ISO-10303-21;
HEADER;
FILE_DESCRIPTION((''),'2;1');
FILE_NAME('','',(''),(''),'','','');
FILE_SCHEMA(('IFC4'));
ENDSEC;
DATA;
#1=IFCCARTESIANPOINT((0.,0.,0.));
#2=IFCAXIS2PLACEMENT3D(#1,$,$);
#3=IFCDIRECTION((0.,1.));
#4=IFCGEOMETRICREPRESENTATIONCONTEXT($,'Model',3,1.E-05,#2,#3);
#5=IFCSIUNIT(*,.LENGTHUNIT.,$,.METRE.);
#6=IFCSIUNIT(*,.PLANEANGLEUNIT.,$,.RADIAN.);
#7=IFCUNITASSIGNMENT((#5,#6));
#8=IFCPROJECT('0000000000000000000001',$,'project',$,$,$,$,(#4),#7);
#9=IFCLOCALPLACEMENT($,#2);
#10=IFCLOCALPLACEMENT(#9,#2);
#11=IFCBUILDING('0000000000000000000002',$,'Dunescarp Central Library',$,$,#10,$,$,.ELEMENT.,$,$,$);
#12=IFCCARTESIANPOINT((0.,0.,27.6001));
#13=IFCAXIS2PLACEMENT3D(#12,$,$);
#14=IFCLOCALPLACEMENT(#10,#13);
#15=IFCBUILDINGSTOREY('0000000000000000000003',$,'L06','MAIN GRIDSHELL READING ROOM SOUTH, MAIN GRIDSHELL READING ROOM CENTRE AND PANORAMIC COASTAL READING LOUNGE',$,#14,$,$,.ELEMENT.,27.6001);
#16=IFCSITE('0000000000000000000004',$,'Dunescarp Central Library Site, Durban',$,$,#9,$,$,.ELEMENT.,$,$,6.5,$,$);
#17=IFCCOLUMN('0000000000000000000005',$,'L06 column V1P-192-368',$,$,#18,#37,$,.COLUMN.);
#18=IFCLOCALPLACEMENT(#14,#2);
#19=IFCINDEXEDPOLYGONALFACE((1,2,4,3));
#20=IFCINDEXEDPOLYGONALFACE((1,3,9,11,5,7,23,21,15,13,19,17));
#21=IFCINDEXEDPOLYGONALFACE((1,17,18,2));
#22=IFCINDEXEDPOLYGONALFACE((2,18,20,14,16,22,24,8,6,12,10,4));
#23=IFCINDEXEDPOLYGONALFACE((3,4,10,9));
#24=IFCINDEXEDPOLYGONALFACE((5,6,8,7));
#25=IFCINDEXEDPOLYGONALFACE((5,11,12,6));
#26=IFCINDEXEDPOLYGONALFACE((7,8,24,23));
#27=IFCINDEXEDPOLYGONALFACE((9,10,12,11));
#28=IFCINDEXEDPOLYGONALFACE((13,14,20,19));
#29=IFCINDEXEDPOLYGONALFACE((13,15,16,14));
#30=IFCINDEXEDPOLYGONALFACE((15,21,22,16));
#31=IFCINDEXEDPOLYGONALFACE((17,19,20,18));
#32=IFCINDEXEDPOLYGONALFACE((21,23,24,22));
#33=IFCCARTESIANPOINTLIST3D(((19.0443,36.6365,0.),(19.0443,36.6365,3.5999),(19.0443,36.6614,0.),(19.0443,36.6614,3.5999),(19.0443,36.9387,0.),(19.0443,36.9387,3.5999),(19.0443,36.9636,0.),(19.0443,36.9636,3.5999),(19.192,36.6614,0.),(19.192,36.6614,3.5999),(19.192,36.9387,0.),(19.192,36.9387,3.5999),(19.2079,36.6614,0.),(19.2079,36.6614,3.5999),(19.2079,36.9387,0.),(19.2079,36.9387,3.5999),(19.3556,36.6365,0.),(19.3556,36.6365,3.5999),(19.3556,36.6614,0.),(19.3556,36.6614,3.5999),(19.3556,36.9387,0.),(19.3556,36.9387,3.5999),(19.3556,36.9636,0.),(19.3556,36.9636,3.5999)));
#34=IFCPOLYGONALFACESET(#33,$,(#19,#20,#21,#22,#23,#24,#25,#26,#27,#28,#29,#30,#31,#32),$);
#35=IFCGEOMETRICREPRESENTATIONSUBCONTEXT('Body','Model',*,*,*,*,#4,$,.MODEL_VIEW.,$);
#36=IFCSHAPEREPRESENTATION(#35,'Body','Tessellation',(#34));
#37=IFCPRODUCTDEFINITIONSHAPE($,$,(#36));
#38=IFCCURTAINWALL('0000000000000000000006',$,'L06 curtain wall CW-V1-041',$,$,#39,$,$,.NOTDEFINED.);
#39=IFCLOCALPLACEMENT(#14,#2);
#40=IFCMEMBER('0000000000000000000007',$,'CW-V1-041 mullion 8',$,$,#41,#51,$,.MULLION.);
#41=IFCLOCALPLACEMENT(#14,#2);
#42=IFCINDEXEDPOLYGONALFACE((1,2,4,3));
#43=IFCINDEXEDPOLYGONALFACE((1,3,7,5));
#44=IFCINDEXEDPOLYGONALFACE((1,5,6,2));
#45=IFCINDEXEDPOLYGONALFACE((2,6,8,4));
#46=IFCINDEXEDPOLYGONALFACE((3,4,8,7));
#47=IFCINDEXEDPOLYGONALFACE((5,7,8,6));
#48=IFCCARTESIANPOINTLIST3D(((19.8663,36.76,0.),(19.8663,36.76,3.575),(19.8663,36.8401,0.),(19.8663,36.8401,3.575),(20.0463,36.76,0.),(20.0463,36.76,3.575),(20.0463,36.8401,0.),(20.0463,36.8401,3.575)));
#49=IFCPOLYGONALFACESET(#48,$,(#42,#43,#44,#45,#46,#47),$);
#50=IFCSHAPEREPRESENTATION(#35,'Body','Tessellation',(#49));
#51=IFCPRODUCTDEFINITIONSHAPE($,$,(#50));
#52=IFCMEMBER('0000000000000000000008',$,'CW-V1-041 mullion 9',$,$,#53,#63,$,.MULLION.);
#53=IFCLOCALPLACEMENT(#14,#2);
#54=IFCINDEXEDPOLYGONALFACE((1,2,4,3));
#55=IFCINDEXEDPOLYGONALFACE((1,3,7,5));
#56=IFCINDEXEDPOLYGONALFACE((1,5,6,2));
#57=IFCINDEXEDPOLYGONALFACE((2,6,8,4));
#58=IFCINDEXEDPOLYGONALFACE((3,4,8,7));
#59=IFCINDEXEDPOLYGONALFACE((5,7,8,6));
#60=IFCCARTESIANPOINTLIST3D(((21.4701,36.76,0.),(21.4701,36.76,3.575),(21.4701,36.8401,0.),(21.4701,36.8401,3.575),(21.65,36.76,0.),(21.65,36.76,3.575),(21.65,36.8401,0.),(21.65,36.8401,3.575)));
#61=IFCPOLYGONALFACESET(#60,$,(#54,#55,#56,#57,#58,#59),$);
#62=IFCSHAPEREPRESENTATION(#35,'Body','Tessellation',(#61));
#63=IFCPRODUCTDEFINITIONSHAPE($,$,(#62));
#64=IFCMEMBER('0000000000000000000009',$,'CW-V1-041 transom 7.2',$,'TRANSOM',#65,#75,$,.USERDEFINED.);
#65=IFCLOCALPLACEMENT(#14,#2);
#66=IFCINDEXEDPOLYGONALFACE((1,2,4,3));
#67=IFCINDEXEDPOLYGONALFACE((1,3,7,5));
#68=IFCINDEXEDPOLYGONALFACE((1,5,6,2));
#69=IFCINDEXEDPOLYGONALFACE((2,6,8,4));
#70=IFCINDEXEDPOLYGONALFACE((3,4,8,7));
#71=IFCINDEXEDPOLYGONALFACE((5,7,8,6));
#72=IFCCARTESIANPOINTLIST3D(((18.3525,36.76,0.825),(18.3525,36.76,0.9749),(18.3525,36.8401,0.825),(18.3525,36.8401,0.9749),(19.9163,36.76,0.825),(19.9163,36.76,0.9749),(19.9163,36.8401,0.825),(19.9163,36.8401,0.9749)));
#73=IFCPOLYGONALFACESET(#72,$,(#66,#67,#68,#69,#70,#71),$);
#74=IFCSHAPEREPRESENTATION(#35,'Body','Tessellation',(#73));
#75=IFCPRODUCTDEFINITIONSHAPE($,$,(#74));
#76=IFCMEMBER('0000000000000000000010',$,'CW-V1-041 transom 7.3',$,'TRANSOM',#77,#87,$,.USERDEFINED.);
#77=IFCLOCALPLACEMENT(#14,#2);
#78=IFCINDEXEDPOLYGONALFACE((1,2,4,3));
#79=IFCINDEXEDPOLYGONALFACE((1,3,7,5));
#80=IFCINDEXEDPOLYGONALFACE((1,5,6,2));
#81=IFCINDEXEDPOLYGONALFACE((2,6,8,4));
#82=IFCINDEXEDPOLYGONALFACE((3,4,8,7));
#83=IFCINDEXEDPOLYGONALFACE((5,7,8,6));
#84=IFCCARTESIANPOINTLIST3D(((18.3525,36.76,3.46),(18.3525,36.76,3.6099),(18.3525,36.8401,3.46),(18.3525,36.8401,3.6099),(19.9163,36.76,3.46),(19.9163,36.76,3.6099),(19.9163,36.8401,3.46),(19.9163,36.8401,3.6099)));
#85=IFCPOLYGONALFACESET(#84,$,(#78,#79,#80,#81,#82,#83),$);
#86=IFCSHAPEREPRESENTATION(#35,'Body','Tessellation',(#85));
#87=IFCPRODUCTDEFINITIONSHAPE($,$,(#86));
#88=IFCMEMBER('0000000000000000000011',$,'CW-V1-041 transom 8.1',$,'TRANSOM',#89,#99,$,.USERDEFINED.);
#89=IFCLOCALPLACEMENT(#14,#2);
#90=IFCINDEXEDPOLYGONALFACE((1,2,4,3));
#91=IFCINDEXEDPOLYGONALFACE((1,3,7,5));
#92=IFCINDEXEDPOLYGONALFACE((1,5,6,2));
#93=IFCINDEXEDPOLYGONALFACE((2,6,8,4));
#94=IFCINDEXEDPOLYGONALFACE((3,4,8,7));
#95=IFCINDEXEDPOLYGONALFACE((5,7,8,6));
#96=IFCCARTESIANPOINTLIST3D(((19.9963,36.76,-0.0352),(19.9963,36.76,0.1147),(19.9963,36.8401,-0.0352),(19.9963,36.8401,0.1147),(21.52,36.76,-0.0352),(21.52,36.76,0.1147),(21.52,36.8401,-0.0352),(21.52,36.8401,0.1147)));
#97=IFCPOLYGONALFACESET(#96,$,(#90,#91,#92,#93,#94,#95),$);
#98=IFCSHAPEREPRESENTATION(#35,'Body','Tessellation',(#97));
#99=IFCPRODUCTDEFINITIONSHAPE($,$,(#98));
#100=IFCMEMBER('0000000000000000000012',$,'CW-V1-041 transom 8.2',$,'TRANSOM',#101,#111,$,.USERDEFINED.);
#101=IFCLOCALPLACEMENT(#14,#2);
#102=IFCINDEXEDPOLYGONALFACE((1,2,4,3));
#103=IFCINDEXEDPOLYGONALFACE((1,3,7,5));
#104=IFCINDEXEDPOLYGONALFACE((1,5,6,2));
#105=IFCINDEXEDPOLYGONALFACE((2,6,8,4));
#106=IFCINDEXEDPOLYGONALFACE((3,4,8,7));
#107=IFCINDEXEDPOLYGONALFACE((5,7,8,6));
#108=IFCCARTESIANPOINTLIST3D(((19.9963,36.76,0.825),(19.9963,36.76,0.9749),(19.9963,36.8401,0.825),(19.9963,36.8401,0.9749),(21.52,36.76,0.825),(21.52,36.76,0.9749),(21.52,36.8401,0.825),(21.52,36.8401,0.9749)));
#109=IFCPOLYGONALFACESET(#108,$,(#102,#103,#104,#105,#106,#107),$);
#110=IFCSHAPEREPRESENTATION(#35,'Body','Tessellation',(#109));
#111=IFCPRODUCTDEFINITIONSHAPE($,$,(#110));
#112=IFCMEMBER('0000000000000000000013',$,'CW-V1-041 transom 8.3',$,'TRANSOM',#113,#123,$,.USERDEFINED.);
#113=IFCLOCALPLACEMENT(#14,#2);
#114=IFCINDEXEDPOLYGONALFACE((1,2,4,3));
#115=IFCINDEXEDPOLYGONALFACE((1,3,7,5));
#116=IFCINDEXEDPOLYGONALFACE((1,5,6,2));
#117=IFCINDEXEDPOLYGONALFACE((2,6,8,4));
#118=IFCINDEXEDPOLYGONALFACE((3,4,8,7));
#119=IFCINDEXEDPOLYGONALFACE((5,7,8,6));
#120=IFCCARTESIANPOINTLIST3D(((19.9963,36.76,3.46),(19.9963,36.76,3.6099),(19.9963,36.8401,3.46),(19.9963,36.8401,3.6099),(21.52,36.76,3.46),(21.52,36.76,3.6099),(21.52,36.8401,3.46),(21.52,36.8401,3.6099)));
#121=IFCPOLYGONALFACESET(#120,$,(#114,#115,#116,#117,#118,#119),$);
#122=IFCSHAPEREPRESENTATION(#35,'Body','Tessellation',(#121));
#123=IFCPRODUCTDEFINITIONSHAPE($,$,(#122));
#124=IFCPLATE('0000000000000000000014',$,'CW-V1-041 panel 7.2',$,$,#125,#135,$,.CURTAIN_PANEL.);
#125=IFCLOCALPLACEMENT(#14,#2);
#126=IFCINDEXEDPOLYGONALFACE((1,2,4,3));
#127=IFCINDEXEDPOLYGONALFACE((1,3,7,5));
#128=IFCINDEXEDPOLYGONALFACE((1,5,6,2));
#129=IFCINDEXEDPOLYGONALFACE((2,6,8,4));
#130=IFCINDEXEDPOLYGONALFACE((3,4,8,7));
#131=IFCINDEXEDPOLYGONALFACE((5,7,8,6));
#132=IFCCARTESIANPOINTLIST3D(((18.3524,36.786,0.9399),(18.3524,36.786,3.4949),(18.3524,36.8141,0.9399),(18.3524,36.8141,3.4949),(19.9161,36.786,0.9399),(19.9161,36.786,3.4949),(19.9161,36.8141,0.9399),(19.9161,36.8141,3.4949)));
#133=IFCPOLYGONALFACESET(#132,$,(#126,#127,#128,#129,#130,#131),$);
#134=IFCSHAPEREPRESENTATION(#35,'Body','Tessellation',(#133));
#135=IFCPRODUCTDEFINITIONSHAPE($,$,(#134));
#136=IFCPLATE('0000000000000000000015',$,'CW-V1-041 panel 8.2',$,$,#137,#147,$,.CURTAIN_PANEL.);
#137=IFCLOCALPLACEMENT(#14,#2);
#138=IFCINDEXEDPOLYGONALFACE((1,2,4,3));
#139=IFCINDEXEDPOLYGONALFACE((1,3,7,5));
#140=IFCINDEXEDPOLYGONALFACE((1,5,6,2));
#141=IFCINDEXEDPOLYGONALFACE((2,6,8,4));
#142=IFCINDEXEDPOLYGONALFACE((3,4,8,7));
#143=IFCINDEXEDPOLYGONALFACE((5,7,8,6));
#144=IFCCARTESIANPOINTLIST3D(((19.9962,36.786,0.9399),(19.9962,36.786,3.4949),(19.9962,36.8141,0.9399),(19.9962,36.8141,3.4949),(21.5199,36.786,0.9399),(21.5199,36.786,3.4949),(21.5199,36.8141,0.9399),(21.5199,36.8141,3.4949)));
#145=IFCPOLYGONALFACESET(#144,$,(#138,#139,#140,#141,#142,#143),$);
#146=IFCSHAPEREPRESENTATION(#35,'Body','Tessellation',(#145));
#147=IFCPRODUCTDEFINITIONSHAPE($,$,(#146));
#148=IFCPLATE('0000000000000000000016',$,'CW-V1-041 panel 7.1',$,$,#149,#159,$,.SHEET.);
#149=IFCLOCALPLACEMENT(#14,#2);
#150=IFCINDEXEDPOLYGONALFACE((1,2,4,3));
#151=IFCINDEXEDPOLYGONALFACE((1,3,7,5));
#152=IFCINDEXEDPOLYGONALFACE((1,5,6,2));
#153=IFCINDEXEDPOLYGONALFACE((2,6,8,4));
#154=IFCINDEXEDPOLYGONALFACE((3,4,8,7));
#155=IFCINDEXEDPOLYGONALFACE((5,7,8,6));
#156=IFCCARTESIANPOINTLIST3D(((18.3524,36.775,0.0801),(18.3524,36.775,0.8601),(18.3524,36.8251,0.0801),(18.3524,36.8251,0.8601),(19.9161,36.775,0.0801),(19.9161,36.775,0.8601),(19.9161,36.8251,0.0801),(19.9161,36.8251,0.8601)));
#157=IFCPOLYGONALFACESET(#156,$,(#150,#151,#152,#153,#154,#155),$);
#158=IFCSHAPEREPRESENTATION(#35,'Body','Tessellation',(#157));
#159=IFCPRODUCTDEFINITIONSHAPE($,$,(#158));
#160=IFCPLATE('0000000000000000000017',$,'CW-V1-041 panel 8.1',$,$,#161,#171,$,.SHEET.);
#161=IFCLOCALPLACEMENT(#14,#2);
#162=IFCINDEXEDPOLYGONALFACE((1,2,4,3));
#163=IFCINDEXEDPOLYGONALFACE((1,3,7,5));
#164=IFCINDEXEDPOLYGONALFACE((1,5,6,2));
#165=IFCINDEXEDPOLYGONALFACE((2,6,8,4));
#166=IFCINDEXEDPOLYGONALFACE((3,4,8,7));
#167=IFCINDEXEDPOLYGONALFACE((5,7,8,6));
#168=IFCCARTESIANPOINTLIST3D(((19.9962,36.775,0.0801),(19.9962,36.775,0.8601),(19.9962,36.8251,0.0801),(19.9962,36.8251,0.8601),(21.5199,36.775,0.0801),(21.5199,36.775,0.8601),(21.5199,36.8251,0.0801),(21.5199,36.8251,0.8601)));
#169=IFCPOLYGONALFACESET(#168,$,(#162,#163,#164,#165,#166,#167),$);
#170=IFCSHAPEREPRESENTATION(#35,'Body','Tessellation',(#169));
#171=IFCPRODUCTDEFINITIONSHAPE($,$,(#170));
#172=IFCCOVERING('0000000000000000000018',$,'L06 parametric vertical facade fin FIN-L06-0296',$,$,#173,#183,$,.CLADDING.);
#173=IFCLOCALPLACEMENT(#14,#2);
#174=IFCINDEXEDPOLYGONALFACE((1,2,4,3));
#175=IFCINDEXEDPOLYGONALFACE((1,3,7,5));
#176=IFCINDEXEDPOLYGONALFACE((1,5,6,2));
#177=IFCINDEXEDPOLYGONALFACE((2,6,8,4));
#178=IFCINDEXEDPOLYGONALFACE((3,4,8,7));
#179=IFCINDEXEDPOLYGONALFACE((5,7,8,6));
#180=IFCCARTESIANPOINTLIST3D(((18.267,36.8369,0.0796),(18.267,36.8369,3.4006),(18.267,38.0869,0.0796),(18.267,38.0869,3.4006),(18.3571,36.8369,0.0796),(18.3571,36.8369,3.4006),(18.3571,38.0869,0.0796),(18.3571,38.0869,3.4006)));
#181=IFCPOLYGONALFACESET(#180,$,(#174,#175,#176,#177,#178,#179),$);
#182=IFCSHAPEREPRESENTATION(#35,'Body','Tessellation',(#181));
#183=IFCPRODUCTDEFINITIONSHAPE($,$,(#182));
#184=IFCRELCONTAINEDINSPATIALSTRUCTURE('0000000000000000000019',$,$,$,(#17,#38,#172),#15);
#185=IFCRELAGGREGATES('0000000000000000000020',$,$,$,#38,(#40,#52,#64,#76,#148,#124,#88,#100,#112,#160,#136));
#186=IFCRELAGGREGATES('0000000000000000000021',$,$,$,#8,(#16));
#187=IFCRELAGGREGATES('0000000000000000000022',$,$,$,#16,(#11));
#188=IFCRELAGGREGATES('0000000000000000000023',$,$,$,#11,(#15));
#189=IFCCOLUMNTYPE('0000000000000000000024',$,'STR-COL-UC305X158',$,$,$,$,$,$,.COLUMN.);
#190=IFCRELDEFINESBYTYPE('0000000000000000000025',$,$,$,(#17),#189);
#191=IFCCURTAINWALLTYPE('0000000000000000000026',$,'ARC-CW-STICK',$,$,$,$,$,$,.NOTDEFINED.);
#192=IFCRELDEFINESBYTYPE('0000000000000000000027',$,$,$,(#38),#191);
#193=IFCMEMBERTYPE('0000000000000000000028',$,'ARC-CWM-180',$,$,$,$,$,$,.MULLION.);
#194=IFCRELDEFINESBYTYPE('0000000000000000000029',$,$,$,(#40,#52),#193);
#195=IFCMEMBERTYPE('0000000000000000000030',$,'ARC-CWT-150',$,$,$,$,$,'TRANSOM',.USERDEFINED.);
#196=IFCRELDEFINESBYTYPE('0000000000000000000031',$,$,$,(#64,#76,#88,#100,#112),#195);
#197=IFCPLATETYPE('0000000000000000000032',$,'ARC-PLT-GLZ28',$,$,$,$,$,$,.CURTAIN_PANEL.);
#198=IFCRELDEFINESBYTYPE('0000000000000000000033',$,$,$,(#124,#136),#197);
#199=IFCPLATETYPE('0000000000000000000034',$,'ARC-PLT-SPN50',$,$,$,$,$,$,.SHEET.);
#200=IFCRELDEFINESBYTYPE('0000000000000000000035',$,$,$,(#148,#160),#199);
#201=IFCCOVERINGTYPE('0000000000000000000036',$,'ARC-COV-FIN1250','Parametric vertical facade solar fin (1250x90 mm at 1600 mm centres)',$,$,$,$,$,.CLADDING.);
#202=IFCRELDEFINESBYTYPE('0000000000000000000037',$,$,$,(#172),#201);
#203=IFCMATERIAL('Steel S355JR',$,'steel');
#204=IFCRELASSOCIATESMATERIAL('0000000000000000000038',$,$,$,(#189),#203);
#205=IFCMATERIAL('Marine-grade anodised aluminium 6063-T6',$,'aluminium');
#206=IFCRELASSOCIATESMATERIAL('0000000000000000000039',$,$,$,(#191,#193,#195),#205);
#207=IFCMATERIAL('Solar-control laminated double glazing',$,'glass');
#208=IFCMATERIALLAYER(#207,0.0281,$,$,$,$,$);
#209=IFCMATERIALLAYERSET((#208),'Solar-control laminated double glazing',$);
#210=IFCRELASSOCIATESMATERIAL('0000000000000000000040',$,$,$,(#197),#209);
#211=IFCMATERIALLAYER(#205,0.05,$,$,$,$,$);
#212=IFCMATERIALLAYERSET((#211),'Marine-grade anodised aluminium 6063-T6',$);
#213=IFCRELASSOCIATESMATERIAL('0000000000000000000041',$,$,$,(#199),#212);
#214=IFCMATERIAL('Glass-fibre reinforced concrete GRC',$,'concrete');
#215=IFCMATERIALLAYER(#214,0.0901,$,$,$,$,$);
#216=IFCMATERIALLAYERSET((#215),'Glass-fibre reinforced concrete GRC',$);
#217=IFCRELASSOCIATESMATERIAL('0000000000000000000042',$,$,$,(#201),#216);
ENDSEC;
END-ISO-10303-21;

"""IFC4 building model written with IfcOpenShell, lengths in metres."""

from ifc_helpers import new_model, si_unit, direction, frame, origin, origin_2d, place, context, subcontext, project, spatial, rectangle, i_section, extrude, material, layer, layer_set, material_profile, profile_set, type_object, element, aggregate, save


model = new_model("IFC4")

# Units and contexts
model_context = context("Model", 3, precision=1e-05, world=origin(), true_north=direction((0.0, 1.0)))
body_context = subcontext(model_context, "Body", "Model", "MODEL_VIEW")
ifc_project = project(units=[si_unit("LENGTHUNIT", "METRE"), si_unit("PLANEANGLEUNIT", "RADIAN")], contexts=[model_context])

# Site, building, storey
site_placement = place(None, origin())
site = spatial("IfcSite", under=ifc_project, at=site_placement, Name="Dunescarp Central Library Site, Durban", CompositionType="ELEMENT", RefElevation=6.5)
building_placement = place(site_placement, origin())
building = spatial("IfcBuilding", under=site, at=building_placement, Name="Dunescarp Central Library", CompositionType="ELEMENT")
storey_placement = place(building_placement, frame((0.0, 0.0, 27.6001)))
storey = spatial("IfcBuildingStorey", under=building, at=storey_placement, Name="L06", Description="MAIN GRIDSHELL READING ROOM SOUTH, MAIN GRIDSHELL READING ROOM CENTRE AND PANORAMIC COASTAL READING LOUNGE", CompositionType="ELEMENT", Elevation=27.6001)

# Column
ifc_material_1 = material(Name="Steel S355JR", Category="steel")
ifc_material_profile_1 = material_profile(ifc_material_1, i_section(OverallWidth=0.3113, OverallDepth=0.3271, WebThickness=0.0159, FlangeThickness=0.0249, at=origin_2d()), Name="UC 305x305x158")
ifc_profile_set_1 = profile_set([ifc_material_profile_1], Name="Steel S355JR")
column_type = type_object("IfcColumnType", Name="STR-COL-UC305X158", PredefinedType="COLUMN", material=ifc_profile_set_1)
column_placement = place(storey_placement, frame((19.2, 36.8, 0.0), z_axis=(0.0, 0.0, 1.0), x_axis=(1.0, 0.0, 0.0)))
element("IfcColumn", 1, at=column_placement, inside=storey, type_object=column_type, Name="L06 column V1P-192-368", PredefinedType="COLUMN", context=body_context, shape_type="SweptSolid", body=[
    extrude(i_section(OverallWidth=0.3113, OverallDepth=0.3271, WebThickness=0.0159, FlangeThickness=0.0249, at=origin_2d()), origin(), (0.0, 0.0, 1.0), 3.5999),
])

# Curtain wall, members, plates
ifc_material_2 = material(Name="Marine-grade anodised aluminium 6063-T6", Category="aluminium")
curtain_wall_type = type_object("IfcCurtainWallType", Name="ARC-CW-STICK", PredefinedType="NOTDEFINED", material=ifc_material_2)
curtain_wall_placement = place(storey_placement, origin())
curtain_wall = element("IfcCurtainWall", 2, at=curtain_wall_placement, inside=storey, type_object=curtain_wall_type, Name="L06 curtain wall CW-V1-041", PredefinedType="NOTDEFINED")
ifc_material_profile_2 = material_profile(ifc_material_2, rectangle(XDim=0.0801, YDim=0.1799, at=origin_2d()), Name="AL 80x180")
ifc_profile_set_2 = profile_set([ifc_material_profile_2], Name="Marine-grade anodised aluminium 6063-T6")
member_type_1 = type_object("IfcMemberType", Name="ARC-CWM-180", PredefinedType="MULLION", material=ifc_profile_set_2)
member_1_placement = place(storey_placement, frame((19.9563, 36.8, 0.0), z_axis=(0.0, 0.0, 1.0), x_axis=(0.0, 1.0, 0.0)))
member_1 = element("IfcMember", 3, at=member_1_placement, type_object=member_type_1, Name="CW-V1-041 mullion 8", PredefinedType="MULLION", context=body_context, shape_type="SweptSolid", body=[
    extrude(rectangle(XDim=0.0801, YDim=0.1799, at=origin_2d()), origin(), (0.0, 0.0, 1.0), 3.575),
])
member_2_placement = place(storey_placement, frame((21.5601, 36.8, 0.0), z_axis=(0.0, 0.0, 1.0), x_axis=(0.0, 1.0, 0.0)))
member_2 = element("IfcMember", 4, at=member_2_placement, type_object=member_type_1, Name="CW-V1-041 mullion 9", PredefinedType="MULLION", context=body_context, shape_type="SweptSolid", body=[
    extrude(rectangle(XDim=0.0801, YDim=0.1799, at=origin_2d()), origin(), (0.0, 0.0, 1.0), 3.575),
])
ifc_material_profile_3 = material_profile(ifc_material_2, rectangle(XDim=0.0801, YDim=0.1499, at=origin_2d()), Name="AL 80x150")
ifc_profile_set_3 = profile_set([ifc_material_profile_3], Name="Marine-grade anodised aluminium 6063-T6")
member_type_2 = type_object("IfcMemberType", Name="ARC-CWT-150", ElementType="TRANSOM", PredefinedType="USERDEFINED", material=ifc_profile_set_3)
member_3_placement = place(storey_placement, frame((18.3525, 36.8, 0.8999), z_axis=(1.0, 0.0, 0.0), x_axis=(0.0, 1.0, 0.0)))
member_3 = element("IfcMember", 5, at=member_3_placement, type_object=member_type_2, Name="CW-V1-041 transom 7.2", ObjectType="TRANSOM", PredefinedType="USERDEFINED", context=body_context, shape_type="SweptSolid", body=[
    extrude(rectangle(XDim=0.0801, YDim=0.1499, at=origin_2d()), origin(), (0.0, 0.0, 1.0), 1.5637),
])
member_4_placement = place(storey_placement, frame((18.3525, 36.8, 3.5349), z_axis=(1.0, 0.0, 0.0), x_axis=(0.0, 1.0, 0.0)))
member_4 = element("IfcMember", 6, at=member_4_placement, type_object=member_type_2, Name="CW-V1-041 transom 7.3", ObjectType="TRANSOM", PredefinedType="USERDEFINED", context=body_context, shape_type="SweptSolid", body=[
    extrude(rectangle(XDim=0.0801, YDim=0.1499, at=origin_2d()), origin(), (0.0, 0.0, 1.0), 1.5637),
])
member_5_placement = place(storey_placement, frame((19.9963, 36.8, 0.0398), z_axis=(1.0, 0.0, 0.0), x_axis=(0.0, 1.0, 0.0)))
member_5 = element("IfcMember", 7, at=member_5_placement, type_object=member_type_2, Name="CW-V1-041 transom 8.1", ObjectType="TRANSOM", PredefinedType="USERDEFINED", context=body_context, shape_type="SweptSolid", body=[
    extrude(rectangle(XDim=0.0801, YDim=0.1499, at=origin_2d()), origin(), (0.0, 0.0, 1.0), 1.5237),
])
member_6_placement = place(storey_placement, frame((19.9963, 36.8, 0.8999), z_axis=(1.0, 0.0, 0.0), x_axis=(0.0, 1.0, 0.0)))
member_6 = element("IfcMember", 8, at=member_6_placement, type_object=member_type_2, Name="CW-V1-041 transom 8.2", ObjectType="TRANSOM", PredefinedType="USERDEFINED", context=body_context, shape_type="SweptSolid", body=[
    extrude(rectangle(XDim=0.0801, YDim=0.1499, at=origin_2d()), origin(), (0.0, 0.0, 1.0), 1.5237),
])
member_7_placement = place(storey_placement, frame((19.9963, 36.8, 3.5349), z_axis=(1.0, 0.0, 0.0), x_axis=(0.0, 1.0, 0.0)))
member_7 = element("IfcMember", 9, at=member_7_placement, type_object=member_type_2, Name="CW-V1-041 transom 8.3", ObjectType="TRANSOM", PredefinedType="USERDEFINED", context=body_context, shape_type="SweptSolid", body=[
    extrude(rectangle(XDim=0.0801, YDim=0.1499, at=origin_2d()), origin(), (0.0, 0.0, 1.0), 1.5237),
])
ifc_material_3 = material(Name="Solar-control laminated double glazing", Category="glass")
ifc_layer_1 = layer(ifc_material_3, 0.0281)
ifc_layer_set_1 = layer_set([ifc_layer_1], Name="Solar-control laminated double glazing")
plate_type_1 = type_object("IfcPlateType", Name="ARC-PLT-GLZ28", PredefinedType="CURTAIN_PANEL", material=ifc_layer_set_1)
plate_1_placement = place(storey_placement, frame((19.1343, 36.8, 0.9399), z_axis=(0.0, 0.0, 1.0), x_axis=(1.0, 0.0, 0.0)))
plate_1 = element("IfcPlate", 10, at=plate_1_placement, type_object=plate_type_1, Name="CW-V1-041 panel 7.2", PredefinedType="CURTAIN_PANEL", context=body_context, shape_type="SweptSolid", body=[
    extrude(rectangle(XDim=1.5637, YDim=0.0281, at=origin_2d()), origin(), (0.0, 0.0, 1.0), 2.5549),
])
plate_2_placement = place(storey_placement, frame((20.7581, 36.8, 0.9399), z_axis=(0.0, 0.0, 1.0), x_axis=(1.0, 0.0, 0.0)))
plate_2 = element("IfcPlate", 11, at=plate_2_placement, type_object=plate_type_1, Name="CW-V1-041 panel 8.2", PredefinedType="CURTAIN_PANEL", context=body_context, shape_type="SweptSolid", body=[
    extrude(rectangle(XDim=1.5237, YDim=0.0281, at=origin_2d()), origin(), (0.0, 0.0, 1.0), 2.5549),
])
ifc_layer_2 = layer(ifc_material_2, 0.05)
ifc_layer_set_2 = layer_set([ifc_layer_2], Name="Marine-grade anodised aluminium 6063-T6")
plate_type_2 = type_object("IfcPlateType", Name="ARC-PLT-SPN50", PredefinedType="SHEET", material=ifc_layer_set_2)
plate_3_placement = place(storey_placement, frame((19.1343, 36.8, 0.0801), z_axis=(0.0, 0.0, 1.0), x_axis=(1.0, 0.0, 0.0)))
plate_3 = element("IfcPlate", 12, at=plate_3_placement, type_object=plate_type_2, Name="CW-V1-041 panel 7.1", PredefinedType="SHEET", context=body_context, shape_type="SweptSolid", body=[
    extrude(rectangle(XDim=1.5637, YDim=0.05, at=origin_2d()), origin(), (0.0, 0.0, 1.0), 0.78),
])
plate_4_placement = place(storey_placement, frame((20.7581, 36.8, 0.0801), z_axis=(0.0, 0.0, 1.0), x_axis=(1.0, 0.0, 0.0)))
plate_4 = element("IfcPlate", 13, at=plate_4_placement, type_object=plate_type_2, Name="CW-V1-041 panel 8.1", PredefinedType="SHEET", context=body_context, shape_type="SweptSolid", body=[
    extrude(rectangle(XDim=1.5237, YDim=0.05, at=origin_2d()), origin(), (0.0, 0.0, 1.0), 0.78),
])
aggregate(curtain_wall, [member_1, member_2, member_3, member_4, plate_3, plate_1, member_5, member_6, member_7, plate_4, plate_2])

# Covering
ifc_material_4 = material(Name="Glass-fibre reinforced concrete GRC", Category="concrete")
ifc_layer_3 = layer(ifc_material_4, 0.0901)
ifc_layer_set_3 = layer_set([ifc_layer_3], Name="Glass-fibre reinforced concrete GRC")
covering_type = type_object("IfcCoveringType", Name="ARC-COV-FIN1250", Description="Parametric vertical facade solar fin (1250x90 mm at 1600 mm centres)", PredefinedType="CLADDING", material=ifc_layer_set_3)
covering_1_placement = place(storey_placement, frame((18.312, 37.4619, 0.0796), z_axis=(0.0, 0.0, 1.0), x_axis=(0.0, 1.0, 0.0)))
element("IfcCovering", 14, at=covering_1_placement, inside=storey, type_object=covering_type, Name="L06 parametric vertical facade fin FIN-L06-0296", PredefinedType="CLADDING", context=body_context, shape_type="SweptSolid", body=[
    extrude(rectangle(XDim=1.25, YDim=0.0901, at=origin_2d()), origin(), (0.0, 0.0, 1.0), 3.321),
])

save(model, "model.ifc")
